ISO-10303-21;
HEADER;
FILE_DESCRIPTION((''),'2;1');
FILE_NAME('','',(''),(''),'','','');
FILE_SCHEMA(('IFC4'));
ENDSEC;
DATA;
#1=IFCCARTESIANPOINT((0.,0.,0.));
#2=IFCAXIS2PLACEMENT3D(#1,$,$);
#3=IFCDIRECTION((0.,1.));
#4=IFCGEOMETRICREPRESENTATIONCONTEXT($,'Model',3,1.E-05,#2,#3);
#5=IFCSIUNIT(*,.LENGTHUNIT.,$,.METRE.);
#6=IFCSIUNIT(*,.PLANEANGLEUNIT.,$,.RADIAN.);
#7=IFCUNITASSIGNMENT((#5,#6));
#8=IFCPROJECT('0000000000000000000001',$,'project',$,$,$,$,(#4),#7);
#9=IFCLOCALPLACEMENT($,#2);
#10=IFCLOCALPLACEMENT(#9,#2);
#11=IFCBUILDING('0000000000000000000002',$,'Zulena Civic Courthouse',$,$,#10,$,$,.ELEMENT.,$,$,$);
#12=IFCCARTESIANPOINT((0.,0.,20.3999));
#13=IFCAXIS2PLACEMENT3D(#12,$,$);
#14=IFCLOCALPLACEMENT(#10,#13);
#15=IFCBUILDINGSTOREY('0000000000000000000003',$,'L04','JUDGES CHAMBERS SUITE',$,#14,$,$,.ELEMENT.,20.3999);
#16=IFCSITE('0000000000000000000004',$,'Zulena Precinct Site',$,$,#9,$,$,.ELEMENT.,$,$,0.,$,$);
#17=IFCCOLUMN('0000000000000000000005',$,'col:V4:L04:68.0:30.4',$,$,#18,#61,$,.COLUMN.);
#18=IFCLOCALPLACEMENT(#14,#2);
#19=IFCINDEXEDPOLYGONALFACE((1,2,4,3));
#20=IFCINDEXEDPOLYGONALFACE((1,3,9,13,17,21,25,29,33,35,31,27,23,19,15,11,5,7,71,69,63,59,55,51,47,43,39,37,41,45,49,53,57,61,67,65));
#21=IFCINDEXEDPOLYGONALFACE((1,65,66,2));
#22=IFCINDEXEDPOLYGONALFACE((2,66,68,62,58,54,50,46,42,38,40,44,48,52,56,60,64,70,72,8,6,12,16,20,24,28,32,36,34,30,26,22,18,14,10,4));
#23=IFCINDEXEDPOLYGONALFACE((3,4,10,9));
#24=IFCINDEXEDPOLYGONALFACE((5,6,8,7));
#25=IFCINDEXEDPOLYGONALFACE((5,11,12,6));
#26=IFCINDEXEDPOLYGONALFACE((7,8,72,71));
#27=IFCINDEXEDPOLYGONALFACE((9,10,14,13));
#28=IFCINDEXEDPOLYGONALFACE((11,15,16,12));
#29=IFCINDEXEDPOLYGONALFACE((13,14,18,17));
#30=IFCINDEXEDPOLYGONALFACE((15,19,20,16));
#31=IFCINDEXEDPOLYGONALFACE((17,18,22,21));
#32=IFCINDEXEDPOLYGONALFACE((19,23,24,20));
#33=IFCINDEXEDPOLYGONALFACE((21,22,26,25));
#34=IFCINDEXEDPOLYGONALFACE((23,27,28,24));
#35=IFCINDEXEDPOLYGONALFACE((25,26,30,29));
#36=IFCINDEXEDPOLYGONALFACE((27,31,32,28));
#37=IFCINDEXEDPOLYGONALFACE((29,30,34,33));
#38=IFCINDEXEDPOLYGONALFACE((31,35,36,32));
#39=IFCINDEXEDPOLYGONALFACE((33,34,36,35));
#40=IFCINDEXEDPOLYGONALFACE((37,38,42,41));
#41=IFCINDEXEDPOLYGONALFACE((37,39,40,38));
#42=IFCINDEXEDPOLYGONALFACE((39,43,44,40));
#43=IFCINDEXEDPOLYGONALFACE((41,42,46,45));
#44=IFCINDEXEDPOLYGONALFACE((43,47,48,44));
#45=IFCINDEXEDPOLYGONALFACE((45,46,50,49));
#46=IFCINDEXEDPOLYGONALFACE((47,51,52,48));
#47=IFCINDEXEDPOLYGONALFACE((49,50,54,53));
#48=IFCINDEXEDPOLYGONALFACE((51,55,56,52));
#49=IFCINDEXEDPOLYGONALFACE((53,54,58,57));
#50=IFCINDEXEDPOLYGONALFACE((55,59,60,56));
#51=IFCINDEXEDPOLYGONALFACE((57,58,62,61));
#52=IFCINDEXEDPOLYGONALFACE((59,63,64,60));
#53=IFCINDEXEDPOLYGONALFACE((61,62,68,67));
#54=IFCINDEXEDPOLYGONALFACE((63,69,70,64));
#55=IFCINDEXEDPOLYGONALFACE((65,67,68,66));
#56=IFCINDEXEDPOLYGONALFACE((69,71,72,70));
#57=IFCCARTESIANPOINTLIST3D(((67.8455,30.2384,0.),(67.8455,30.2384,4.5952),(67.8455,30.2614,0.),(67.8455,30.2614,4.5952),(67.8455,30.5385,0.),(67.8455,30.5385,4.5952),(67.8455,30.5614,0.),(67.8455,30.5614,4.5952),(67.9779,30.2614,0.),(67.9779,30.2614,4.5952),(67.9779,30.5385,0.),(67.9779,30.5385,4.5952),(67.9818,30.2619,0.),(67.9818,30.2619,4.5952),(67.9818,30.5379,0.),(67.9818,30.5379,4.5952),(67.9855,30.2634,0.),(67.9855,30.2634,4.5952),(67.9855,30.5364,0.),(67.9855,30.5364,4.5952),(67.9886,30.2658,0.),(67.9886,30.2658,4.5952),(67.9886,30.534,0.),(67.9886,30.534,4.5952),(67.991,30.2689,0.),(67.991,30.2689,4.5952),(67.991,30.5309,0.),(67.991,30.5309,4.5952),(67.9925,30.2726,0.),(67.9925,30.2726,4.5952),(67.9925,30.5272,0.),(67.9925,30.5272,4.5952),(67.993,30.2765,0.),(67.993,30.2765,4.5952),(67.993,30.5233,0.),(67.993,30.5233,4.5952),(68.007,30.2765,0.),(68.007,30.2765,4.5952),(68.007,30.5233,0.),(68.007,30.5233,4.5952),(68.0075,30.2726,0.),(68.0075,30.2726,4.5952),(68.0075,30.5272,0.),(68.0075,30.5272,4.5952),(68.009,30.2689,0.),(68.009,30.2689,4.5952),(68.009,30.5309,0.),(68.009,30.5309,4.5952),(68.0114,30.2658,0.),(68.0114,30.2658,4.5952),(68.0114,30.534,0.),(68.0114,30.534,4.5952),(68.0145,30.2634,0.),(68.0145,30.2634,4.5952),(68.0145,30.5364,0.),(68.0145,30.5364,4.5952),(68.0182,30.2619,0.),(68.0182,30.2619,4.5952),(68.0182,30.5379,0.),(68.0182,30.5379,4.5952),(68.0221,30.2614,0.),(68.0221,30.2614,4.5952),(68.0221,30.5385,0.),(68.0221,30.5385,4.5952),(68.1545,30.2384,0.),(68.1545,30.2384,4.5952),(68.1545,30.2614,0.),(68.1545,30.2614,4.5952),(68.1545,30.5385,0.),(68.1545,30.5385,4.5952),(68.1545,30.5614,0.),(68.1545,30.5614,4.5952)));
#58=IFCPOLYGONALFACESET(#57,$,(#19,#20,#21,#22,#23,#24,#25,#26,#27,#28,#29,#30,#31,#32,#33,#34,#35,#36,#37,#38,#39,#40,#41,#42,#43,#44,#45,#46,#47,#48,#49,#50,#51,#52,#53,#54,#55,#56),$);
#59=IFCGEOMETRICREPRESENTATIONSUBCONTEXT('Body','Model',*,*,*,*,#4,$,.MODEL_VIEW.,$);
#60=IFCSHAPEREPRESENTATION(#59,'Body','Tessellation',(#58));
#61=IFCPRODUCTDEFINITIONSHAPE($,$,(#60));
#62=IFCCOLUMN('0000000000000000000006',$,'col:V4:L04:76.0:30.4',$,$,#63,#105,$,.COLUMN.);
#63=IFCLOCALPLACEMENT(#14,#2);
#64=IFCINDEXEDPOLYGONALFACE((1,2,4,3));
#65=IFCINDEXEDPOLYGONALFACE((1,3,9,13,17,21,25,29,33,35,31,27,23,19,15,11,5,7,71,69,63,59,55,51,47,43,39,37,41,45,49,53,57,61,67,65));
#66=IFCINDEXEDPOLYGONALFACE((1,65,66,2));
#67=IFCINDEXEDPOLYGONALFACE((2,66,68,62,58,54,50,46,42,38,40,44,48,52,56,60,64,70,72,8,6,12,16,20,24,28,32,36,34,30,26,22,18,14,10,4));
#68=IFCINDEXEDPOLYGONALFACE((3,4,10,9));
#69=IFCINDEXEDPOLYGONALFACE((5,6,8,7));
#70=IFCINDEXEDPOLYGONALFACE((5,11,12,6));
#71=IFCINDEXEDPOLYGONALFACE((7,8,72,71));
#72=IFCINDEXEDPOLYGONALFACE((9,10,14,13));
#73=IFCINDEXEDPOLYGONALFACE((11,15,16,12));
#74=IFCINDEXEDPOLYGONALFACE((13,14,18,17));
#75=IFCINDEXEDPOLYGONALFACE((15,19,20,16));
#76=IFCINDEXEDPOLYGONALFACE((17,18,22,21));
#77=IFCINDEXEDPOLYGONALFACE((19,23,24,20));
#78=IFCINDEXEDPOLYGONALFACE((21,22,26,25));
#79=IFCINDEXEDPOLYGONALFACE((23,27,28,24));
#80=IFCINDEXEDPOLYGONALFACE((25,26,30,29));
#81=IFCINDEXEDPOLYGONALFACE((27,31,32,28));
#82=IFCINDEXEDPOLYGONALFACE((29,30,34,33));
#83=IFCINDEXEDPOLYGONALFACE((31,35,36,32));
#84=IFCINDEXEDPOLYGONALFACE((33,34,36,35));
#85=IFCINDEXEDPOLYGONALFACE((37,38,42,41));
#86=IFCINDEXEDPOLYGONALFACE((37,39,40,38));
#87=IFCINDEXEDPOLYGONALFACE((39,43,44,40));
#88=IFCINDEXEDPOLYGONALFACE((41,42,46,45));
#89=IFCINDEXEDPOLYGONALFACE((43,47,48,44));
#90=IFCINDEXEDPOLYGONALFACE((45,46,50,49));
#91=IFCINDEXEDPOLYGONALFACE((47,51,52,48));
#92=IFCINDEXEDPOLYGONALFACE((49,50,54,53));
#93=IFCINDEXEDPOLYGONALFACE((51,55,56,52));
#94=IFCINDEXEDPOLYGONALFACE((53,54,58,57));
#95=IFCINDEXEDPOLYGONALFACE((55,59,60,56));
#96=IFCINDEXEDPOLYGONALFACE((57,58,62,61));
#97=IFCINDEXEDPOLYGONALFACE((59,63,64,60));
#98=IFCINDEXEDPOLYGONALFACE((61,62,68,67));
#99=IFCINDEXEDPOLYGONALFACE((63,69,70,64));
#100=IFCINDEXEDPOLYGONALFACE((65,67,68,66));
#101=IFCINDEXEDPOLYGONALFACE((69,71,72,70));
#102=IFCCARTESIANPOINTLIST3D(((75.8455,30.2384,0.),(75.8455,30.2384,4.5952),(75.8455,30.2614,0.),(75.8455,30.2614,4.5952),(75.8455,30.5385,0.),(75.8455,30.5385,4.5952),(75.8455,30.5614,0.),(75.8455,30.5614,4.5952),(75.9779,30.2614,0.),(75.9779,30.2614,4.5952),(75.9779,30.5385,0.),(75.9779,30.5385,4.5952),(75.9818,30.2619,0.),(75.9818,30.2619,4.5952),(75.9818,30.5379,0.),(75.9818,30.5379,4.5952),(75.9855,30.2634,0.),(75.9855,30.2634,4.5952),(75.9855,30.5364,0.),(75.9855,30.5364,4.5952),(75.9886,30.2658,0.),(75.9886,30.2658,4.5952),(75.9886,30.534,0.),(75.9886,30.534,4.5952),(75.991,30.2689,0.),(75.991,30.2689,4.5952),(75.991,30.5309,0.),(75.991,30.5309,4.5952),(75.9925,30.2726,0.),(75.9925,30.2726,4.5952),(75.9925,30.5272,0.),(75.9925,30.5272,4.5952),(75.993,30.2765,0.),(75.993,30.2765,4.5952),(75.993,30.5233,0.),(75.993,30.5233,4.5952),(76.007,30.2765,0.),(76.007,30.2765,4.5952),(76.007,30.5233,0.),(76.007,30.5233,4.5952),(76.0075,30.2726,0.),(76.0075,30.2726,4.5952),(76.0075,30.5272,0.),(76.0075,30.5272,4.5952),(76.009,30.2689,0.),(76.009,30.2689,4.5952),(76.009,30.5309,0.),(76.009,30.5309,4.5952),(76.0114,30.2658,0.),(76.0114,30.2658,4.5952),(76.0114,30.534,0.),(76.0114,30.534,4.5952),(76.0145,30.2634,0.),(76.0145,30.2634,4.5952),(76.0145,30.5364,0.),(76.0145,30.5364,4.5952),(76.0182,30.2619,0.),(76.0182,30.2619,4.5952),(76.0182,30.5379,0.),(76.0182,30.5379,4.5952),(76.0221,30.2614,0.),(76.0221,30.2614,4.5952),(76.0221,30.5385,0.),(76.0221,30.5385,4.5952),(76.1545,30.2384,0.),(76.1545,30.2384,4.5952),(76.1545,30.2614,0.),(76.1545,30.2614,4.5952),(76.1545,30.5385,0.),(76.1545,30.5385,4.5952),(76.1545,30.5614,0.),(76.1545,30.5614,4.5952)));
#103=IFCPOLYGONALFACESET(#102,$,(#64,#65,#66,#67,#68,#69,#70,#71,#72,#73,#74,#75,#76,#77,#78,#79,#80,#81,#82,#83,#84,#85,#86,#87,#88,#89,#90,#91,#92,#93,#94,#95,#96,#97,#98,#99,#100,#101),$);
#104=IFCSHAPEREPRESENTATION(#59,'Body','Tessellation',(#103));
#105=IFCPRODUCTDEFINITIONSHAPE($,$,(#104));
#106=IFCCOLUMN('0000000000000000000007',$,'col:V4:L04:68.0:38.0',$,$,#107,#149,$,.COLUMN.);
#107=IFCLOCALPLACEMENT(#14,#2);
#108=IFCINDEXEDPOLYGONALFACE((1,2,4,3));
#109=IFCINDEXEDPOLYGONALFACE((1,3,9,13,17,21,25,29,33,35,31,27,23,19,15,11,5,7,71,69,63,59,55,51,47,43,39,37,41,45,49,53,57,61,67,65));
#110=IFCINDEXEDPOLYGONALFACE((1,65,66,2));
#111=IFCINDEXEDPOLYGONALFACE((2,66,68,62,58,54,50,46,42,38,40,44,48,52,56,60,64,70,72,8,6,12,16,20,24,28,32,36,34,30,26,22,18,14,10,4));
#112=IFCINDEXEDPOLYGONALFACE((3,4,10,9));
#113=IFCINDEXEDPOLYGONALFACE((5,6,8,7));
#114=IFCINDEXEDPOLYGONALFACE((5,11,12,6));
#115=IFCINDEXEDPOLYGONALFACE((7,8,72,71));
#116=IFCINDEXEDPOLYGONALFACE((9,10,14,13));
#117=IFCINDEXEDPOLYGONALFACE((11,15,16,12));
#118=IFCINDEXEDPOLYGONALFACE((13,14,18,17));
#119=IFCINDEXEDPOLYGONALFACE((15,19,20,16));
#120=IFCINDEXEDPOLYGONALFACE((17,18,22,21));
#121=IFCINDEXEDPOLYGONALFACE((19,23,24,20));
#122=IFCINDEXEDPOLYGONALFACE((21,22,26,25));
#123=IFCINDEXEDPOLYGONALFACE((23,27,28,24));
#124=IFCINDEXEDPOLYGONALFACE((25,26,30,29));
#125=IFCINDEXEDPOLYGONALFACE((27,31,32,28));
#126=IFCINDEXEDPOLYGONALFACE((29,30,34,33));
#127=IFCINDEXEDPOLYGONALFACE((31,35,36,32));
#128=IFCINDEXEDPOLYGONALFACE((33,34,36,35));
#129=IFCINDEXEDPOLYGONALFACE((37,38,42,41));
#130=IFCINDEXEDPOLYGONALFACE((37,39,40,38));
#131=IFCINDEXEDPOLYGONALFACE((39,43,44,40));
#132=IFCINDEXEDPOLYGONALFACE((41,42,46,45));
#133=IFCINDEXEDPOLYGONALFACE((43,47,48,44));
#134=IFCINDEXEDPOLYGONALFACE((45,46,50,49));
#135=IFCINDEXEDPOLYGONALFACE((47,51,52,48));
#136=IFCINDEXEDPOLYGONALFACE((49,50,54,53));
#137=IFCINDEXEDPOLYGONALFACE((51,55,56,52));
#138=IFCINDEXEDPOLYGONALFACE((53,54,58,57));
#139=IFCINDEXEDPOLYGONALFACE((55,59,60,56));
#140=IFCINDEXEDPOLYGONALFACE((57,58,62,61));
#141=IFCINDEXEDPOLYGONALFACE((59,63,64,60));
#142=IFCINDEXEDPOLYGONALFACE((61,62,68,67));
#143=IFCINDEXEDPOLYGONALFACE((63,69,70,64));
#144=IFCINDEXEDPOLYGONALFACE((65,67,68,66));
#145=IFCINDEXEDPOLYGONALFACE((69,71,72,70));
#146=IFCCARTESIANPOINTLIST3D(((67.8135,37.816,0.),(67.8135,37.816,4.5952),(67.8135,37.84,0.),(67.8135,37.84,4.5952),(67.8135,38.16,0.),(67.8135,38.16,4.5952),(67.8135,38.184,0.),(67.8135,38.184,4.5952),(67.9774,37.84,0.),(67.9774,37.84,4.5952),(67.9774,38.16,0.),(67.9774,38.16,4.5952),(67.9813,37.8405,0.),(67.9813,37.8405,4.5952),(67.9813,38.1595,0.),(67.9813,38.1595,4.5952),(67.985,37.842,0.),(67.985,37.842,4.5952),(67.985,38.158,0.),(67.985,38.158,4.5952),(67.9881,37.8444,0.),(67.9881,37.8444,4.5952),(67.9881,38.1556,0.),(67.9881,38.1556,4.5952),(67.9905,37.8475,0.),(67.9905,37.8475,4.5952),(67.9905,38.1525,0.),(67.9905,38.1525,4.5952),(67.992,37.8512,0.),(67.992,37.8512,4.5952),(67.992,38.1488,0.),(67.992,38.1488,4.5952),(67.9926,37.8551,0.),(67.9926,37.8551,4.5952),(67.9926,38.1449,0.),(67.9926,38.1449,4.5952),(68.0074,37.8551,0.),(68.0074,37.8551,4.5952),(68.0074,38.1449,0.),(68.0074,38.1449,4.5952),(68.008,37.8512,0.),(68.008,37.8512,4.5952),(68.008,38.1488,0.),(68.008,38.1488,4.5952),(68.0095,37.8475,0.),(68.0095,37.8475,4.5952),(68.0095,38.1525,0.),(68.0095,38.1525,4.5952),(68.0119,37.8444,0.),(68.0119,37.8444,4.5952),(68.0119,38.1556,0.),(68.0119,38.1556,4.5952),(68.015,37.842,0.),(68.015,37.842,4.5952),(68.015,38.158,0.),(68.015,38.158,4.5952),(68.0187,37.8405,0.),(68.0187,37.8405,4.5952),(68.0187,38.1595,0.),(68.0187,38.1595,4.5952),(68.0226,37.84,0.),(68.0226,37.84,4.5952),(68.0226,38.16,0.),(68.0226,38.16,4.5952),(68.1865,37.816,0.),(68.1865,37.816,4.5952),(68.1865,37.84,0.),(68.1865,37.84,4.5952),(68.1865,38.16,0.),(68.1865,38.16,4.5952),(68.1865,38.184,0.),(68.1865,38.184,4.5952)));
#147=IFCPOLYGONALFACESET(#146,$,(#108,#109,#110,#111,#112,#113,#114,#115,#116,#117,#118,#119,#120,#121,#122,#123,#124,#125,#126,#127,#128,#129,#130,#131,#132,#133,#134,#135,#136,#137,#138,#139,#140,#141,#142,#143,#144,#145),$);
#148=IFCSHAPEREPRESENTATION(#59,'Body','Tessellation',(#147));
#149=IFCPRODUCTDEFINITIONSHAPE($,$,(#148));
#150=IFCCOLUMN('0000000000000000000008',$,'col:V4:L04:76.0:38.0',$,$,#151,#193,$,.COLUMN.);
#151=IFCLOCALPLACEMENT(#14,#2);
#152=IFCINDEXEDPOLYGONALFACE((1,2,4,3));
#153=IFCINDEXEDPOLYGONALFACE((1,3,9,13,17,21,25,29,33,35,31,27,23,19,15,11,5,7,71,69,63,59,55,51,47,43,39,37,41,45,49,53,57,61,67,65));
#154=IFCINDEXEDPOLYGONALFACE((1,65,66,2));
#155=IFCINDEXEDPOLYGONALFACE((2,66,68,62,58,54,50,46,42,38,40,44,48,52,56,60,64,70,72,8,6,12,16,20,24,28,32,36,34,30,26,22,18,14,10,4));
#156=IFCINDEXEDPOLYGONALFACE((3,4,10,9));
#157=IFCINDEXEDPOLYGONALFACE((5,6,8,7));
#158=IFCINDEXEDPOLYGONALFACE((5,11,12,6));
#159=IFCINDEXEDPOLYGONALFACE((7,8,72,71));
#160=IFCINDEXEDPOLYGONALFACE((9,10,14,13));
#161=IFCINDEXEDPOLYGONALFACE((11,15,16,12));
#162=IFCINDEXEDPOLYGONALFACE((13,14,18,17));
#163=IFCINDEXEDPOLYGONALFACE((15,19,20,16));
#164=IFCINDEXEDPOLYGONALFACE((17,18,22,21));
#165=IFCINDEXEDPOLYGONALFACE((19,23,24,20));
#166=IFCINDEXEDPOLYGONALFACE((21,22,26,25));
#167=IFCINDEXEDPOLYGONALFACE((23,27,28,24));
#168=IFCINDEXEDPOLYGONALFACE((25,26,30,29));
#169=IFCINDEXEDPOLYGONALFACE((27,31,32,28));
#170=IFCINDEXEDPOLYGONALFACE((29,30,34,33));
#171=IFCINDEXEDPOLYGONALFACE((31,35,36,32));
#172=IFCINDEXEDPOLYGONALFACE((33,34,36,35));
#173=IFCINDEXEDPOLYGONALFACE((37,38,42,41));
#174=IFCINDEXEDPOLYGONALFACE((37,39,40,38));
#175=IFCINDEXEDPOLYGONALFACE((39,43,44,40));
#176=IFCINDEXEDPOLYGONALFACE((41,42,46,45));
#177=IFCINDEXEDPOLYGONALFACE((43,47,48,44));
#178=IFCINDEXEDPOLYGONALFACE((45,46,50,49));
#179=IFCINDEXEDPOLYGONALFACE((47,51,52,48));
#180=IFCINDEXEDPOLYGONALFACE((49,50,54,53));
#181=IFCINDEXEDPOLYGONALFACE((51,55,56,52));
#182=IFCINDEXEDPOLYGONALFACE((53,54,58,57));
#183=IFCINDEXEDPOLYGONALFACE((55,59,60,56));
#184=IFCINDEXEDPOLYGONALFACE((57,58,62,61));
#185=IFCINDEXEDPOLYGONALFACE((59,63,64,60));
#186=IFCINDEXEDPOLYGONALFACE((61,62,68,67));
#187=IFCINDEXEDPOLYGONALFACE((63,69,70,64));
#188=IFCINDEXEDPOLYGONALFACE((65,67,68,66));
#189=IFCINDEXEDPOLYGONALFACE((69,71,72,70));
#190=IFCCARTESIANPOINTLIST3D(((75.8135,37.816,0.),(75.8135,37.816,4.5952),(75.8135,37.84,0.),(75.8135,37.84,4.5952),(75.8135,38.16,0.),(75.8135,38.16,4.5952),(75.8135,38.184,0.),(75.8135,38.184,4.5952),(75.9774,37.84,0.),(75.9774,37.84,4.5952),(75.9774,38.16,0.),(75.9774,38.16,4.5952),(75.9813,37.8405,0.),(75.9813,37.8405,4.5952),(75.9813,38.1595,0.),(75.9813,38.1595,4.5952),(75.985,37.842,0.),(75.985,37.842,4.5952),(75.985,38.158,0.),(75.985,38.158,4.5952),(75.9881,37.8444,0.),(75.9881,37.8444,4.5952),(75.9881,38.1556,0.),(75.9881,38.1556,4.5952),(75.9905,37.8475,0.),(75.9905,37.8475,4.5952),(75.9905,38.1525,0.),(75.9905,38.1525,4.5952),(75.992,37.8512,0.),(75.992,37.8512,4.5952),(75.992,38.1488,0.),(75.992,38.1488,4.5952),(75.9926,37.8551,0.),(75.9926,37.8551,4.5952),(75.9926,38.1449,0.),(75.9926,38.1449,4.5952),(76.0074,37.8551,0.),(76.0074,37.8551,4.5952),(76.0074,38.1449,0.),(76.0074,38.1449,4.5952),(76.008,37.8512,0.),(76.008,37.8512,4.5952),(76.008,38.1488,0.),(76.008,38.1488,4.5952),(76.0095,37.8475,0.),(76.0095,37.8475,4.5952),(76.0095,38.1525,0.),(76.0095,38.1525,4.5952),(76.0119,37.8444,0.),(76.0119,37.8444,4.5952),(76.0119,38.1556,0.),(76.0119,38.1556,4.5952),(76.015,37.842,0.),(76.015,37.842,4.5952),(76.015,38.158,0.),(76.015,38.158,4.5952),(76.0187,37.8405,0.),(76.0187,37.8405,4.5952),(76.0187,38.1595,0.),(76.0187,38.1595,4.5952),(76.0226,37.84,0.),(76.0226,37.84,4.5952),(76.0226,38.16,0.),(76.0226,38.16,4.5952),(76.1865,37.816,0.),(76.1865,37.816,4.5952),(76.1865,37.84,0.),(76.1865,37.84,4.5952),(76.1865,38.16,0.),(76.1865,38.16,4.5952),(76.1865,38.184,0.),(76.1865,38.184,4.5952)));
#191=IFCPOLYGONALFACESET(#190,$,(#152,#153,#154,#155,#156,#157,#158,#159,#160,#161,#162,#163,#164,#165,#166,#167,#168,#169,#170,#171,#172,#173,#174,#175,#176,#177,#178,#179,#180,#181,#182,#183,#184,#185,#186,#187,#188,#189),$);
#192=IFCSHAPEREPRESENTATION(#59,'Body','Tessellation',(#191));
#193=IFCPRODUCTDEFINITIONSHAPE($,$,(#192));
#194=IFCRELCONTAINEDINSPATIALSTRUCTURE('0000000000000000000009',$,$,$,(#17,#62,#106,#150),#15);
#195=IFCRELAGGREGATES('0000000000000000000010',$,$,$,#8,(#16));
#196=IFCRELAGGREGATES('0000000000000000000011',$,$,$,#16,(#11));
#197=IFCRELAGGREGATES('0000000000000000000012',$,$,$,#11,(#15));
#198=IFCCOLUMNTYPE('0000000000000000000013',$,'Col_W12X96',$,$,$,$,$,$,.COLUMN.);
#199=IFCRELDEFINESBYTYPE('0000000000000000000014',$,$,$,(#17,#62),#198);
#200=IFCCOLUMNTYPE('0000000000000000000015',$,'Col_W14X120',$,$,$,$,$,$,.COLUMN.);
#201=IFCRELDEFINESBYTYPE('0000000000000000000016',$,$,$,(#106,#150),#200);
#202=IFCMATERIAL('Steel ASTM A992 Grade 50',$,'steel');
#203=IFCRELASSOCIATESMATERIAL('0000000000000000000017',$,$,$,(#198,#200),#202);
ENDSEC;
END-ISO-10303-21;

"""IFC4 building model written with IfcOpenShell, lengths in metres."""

from ifc_helpers import new_model, si_unit, direction, frame, origin, origin_2d, place, context, subcontext, project, spatial, i_section, extrude, material, material_profile, profile_set, type_object, element, save


model = new_model("IFC4")

# Units and contexts
model_context = context("Model", 3, precision=1e-05, world=origin(), true_north=direction((0.0, 1.0)))
body_context = subcontext(model_context, "Body", "Model", "MODEL_VIEW")
ifc_project = project(units=[si_unit("LENGTHUNIT", "METRE"), si_unit("PLANEANGLEUNIT", "RADIAN")], contexts=[model_context])

# Site, building, storey
site_placement = place(None, origin())
site = spatial("IfcSite", under=ifc_project, at=site_placement, Name="Zulena Precinct Site", CompositionType="ELEMENT", RefElevation=0.0)
building_placement = place(site_placement, origin())
building = spatial("IfcBuilding", under=site, at=building_placement, Name="Zulena Civic Courthouse", CompositionType="ELEMENT")
storey_placement = place(building_placement, frame((0.0, 0.0, 20.3999)))
storey = spatial("IfcBuildingStorey", under=building, at=storey_placement, Name="L04", Description="JUDGES CHAMBERS SUITE", CompositionType="ELEMENT", Elevation=20.3999)

# Columns
ifc_material_1 = material(Name="Steel ASTM A992 Grade 50", Category="steel")
ifc_material_profile_1 = material_profile(ifc_material_1, i_section(OverallWidth=0.3091, OverallDepth=0.323, WebThickness=0.0139, FlangeThickness=0.0229, FilletRadius=0.0151, at=origin_2d()), Name="W12X96")
ifc_profile_set_1 = profile_set([ifc_material_profile_1], Name="Steel ASTM A992 Grade 50")
column_type_1 = type_object("IfcColumnType", Name="Col_W12X96", PredefinedType="COLUMN", material=ifc_profile_set_1)
for number, where, z_axis, x_axis, name in (
    (1, (68.0, 30.3999, 0.0), (0.0, 0.0, 1.0), (1.0, 0.0, 0.0), "col:V4:L04:68.0:30.4"),
    (2, (76.0, 30.3999, 0.0), (0.0, 0.0, 1.0), (1.0, 0.0, 0.0), "col:V4:L04:76.0:30.4"),
):
    element("IfcColumn", number, at=place(storey_placement, frame(where, z_axis=z_axis, x_axis=x_axis)), inside=storey, type_object=column_type_1, Name=name, PredefinedType="COLUMN", context=body_context, shape_type="SweptSolid", body=[
        extrude(i_section(OverallWidth=0.3091, OverallDepth=0.323, WebThickness=0.0139, FlangeThickness=0.0229, FilletRadius=0.0151, at=origin_2d()), origin(), (0.0, 0.0, 1.0), 4.5952),
    ])
ifc_material_profile_2 = material_profile(ifc_material_1, i_section(OverallWidth=0.373, OverallDepth=0.3679, WebThickness=0.0149, FlangeThickness=0.0239, FilletRadius=0.0151, at=origin_2d()), Name="W14X120")
ifc_profile_set_2 = profile_set([ifc_material_profile_2], Name="Steel ASTM A992 Grade 50")
column_type_2 = type_object("IfcColumnType", Name="Col_W14X120", PredefinedType="COLUMN", material=ifc_profile_set_2)
for number, where, z_axis, x_axis, name in (
    (3, (68.0, 38.0, 0.0), (0.0, 0.0, 1.0), (1.0, 0.0, 0.0), "col:V4:L04:68.0:38.0"),
    (4, (76.0, 38.0, 0.0), (0.0, 0.0, 1.0), (1.0, 0.0, 0.0), "col:V4:L04:76.0:38.0"),
):
    element("IfcColumn", number, at=place(storey_placement, frame(where, z_axis=z_axis, x_axis=x_axis)), inside=storey, type_object=column_type_2, Name=name, PredefinedType="COLUMN", context=body_context, shape_type="SweptSolid", body=[
        extrude(i_section(OverallWidth=0.373, OverallDepth=0.3679, WebThickness=0.0149, FlangeThickness=0.0239, FilletRadius=0.0151, at=origin_2d()), origin(), (0.0, 0.0, 1.0), 4.5952),
    ])

save(model, "model.ifc")
